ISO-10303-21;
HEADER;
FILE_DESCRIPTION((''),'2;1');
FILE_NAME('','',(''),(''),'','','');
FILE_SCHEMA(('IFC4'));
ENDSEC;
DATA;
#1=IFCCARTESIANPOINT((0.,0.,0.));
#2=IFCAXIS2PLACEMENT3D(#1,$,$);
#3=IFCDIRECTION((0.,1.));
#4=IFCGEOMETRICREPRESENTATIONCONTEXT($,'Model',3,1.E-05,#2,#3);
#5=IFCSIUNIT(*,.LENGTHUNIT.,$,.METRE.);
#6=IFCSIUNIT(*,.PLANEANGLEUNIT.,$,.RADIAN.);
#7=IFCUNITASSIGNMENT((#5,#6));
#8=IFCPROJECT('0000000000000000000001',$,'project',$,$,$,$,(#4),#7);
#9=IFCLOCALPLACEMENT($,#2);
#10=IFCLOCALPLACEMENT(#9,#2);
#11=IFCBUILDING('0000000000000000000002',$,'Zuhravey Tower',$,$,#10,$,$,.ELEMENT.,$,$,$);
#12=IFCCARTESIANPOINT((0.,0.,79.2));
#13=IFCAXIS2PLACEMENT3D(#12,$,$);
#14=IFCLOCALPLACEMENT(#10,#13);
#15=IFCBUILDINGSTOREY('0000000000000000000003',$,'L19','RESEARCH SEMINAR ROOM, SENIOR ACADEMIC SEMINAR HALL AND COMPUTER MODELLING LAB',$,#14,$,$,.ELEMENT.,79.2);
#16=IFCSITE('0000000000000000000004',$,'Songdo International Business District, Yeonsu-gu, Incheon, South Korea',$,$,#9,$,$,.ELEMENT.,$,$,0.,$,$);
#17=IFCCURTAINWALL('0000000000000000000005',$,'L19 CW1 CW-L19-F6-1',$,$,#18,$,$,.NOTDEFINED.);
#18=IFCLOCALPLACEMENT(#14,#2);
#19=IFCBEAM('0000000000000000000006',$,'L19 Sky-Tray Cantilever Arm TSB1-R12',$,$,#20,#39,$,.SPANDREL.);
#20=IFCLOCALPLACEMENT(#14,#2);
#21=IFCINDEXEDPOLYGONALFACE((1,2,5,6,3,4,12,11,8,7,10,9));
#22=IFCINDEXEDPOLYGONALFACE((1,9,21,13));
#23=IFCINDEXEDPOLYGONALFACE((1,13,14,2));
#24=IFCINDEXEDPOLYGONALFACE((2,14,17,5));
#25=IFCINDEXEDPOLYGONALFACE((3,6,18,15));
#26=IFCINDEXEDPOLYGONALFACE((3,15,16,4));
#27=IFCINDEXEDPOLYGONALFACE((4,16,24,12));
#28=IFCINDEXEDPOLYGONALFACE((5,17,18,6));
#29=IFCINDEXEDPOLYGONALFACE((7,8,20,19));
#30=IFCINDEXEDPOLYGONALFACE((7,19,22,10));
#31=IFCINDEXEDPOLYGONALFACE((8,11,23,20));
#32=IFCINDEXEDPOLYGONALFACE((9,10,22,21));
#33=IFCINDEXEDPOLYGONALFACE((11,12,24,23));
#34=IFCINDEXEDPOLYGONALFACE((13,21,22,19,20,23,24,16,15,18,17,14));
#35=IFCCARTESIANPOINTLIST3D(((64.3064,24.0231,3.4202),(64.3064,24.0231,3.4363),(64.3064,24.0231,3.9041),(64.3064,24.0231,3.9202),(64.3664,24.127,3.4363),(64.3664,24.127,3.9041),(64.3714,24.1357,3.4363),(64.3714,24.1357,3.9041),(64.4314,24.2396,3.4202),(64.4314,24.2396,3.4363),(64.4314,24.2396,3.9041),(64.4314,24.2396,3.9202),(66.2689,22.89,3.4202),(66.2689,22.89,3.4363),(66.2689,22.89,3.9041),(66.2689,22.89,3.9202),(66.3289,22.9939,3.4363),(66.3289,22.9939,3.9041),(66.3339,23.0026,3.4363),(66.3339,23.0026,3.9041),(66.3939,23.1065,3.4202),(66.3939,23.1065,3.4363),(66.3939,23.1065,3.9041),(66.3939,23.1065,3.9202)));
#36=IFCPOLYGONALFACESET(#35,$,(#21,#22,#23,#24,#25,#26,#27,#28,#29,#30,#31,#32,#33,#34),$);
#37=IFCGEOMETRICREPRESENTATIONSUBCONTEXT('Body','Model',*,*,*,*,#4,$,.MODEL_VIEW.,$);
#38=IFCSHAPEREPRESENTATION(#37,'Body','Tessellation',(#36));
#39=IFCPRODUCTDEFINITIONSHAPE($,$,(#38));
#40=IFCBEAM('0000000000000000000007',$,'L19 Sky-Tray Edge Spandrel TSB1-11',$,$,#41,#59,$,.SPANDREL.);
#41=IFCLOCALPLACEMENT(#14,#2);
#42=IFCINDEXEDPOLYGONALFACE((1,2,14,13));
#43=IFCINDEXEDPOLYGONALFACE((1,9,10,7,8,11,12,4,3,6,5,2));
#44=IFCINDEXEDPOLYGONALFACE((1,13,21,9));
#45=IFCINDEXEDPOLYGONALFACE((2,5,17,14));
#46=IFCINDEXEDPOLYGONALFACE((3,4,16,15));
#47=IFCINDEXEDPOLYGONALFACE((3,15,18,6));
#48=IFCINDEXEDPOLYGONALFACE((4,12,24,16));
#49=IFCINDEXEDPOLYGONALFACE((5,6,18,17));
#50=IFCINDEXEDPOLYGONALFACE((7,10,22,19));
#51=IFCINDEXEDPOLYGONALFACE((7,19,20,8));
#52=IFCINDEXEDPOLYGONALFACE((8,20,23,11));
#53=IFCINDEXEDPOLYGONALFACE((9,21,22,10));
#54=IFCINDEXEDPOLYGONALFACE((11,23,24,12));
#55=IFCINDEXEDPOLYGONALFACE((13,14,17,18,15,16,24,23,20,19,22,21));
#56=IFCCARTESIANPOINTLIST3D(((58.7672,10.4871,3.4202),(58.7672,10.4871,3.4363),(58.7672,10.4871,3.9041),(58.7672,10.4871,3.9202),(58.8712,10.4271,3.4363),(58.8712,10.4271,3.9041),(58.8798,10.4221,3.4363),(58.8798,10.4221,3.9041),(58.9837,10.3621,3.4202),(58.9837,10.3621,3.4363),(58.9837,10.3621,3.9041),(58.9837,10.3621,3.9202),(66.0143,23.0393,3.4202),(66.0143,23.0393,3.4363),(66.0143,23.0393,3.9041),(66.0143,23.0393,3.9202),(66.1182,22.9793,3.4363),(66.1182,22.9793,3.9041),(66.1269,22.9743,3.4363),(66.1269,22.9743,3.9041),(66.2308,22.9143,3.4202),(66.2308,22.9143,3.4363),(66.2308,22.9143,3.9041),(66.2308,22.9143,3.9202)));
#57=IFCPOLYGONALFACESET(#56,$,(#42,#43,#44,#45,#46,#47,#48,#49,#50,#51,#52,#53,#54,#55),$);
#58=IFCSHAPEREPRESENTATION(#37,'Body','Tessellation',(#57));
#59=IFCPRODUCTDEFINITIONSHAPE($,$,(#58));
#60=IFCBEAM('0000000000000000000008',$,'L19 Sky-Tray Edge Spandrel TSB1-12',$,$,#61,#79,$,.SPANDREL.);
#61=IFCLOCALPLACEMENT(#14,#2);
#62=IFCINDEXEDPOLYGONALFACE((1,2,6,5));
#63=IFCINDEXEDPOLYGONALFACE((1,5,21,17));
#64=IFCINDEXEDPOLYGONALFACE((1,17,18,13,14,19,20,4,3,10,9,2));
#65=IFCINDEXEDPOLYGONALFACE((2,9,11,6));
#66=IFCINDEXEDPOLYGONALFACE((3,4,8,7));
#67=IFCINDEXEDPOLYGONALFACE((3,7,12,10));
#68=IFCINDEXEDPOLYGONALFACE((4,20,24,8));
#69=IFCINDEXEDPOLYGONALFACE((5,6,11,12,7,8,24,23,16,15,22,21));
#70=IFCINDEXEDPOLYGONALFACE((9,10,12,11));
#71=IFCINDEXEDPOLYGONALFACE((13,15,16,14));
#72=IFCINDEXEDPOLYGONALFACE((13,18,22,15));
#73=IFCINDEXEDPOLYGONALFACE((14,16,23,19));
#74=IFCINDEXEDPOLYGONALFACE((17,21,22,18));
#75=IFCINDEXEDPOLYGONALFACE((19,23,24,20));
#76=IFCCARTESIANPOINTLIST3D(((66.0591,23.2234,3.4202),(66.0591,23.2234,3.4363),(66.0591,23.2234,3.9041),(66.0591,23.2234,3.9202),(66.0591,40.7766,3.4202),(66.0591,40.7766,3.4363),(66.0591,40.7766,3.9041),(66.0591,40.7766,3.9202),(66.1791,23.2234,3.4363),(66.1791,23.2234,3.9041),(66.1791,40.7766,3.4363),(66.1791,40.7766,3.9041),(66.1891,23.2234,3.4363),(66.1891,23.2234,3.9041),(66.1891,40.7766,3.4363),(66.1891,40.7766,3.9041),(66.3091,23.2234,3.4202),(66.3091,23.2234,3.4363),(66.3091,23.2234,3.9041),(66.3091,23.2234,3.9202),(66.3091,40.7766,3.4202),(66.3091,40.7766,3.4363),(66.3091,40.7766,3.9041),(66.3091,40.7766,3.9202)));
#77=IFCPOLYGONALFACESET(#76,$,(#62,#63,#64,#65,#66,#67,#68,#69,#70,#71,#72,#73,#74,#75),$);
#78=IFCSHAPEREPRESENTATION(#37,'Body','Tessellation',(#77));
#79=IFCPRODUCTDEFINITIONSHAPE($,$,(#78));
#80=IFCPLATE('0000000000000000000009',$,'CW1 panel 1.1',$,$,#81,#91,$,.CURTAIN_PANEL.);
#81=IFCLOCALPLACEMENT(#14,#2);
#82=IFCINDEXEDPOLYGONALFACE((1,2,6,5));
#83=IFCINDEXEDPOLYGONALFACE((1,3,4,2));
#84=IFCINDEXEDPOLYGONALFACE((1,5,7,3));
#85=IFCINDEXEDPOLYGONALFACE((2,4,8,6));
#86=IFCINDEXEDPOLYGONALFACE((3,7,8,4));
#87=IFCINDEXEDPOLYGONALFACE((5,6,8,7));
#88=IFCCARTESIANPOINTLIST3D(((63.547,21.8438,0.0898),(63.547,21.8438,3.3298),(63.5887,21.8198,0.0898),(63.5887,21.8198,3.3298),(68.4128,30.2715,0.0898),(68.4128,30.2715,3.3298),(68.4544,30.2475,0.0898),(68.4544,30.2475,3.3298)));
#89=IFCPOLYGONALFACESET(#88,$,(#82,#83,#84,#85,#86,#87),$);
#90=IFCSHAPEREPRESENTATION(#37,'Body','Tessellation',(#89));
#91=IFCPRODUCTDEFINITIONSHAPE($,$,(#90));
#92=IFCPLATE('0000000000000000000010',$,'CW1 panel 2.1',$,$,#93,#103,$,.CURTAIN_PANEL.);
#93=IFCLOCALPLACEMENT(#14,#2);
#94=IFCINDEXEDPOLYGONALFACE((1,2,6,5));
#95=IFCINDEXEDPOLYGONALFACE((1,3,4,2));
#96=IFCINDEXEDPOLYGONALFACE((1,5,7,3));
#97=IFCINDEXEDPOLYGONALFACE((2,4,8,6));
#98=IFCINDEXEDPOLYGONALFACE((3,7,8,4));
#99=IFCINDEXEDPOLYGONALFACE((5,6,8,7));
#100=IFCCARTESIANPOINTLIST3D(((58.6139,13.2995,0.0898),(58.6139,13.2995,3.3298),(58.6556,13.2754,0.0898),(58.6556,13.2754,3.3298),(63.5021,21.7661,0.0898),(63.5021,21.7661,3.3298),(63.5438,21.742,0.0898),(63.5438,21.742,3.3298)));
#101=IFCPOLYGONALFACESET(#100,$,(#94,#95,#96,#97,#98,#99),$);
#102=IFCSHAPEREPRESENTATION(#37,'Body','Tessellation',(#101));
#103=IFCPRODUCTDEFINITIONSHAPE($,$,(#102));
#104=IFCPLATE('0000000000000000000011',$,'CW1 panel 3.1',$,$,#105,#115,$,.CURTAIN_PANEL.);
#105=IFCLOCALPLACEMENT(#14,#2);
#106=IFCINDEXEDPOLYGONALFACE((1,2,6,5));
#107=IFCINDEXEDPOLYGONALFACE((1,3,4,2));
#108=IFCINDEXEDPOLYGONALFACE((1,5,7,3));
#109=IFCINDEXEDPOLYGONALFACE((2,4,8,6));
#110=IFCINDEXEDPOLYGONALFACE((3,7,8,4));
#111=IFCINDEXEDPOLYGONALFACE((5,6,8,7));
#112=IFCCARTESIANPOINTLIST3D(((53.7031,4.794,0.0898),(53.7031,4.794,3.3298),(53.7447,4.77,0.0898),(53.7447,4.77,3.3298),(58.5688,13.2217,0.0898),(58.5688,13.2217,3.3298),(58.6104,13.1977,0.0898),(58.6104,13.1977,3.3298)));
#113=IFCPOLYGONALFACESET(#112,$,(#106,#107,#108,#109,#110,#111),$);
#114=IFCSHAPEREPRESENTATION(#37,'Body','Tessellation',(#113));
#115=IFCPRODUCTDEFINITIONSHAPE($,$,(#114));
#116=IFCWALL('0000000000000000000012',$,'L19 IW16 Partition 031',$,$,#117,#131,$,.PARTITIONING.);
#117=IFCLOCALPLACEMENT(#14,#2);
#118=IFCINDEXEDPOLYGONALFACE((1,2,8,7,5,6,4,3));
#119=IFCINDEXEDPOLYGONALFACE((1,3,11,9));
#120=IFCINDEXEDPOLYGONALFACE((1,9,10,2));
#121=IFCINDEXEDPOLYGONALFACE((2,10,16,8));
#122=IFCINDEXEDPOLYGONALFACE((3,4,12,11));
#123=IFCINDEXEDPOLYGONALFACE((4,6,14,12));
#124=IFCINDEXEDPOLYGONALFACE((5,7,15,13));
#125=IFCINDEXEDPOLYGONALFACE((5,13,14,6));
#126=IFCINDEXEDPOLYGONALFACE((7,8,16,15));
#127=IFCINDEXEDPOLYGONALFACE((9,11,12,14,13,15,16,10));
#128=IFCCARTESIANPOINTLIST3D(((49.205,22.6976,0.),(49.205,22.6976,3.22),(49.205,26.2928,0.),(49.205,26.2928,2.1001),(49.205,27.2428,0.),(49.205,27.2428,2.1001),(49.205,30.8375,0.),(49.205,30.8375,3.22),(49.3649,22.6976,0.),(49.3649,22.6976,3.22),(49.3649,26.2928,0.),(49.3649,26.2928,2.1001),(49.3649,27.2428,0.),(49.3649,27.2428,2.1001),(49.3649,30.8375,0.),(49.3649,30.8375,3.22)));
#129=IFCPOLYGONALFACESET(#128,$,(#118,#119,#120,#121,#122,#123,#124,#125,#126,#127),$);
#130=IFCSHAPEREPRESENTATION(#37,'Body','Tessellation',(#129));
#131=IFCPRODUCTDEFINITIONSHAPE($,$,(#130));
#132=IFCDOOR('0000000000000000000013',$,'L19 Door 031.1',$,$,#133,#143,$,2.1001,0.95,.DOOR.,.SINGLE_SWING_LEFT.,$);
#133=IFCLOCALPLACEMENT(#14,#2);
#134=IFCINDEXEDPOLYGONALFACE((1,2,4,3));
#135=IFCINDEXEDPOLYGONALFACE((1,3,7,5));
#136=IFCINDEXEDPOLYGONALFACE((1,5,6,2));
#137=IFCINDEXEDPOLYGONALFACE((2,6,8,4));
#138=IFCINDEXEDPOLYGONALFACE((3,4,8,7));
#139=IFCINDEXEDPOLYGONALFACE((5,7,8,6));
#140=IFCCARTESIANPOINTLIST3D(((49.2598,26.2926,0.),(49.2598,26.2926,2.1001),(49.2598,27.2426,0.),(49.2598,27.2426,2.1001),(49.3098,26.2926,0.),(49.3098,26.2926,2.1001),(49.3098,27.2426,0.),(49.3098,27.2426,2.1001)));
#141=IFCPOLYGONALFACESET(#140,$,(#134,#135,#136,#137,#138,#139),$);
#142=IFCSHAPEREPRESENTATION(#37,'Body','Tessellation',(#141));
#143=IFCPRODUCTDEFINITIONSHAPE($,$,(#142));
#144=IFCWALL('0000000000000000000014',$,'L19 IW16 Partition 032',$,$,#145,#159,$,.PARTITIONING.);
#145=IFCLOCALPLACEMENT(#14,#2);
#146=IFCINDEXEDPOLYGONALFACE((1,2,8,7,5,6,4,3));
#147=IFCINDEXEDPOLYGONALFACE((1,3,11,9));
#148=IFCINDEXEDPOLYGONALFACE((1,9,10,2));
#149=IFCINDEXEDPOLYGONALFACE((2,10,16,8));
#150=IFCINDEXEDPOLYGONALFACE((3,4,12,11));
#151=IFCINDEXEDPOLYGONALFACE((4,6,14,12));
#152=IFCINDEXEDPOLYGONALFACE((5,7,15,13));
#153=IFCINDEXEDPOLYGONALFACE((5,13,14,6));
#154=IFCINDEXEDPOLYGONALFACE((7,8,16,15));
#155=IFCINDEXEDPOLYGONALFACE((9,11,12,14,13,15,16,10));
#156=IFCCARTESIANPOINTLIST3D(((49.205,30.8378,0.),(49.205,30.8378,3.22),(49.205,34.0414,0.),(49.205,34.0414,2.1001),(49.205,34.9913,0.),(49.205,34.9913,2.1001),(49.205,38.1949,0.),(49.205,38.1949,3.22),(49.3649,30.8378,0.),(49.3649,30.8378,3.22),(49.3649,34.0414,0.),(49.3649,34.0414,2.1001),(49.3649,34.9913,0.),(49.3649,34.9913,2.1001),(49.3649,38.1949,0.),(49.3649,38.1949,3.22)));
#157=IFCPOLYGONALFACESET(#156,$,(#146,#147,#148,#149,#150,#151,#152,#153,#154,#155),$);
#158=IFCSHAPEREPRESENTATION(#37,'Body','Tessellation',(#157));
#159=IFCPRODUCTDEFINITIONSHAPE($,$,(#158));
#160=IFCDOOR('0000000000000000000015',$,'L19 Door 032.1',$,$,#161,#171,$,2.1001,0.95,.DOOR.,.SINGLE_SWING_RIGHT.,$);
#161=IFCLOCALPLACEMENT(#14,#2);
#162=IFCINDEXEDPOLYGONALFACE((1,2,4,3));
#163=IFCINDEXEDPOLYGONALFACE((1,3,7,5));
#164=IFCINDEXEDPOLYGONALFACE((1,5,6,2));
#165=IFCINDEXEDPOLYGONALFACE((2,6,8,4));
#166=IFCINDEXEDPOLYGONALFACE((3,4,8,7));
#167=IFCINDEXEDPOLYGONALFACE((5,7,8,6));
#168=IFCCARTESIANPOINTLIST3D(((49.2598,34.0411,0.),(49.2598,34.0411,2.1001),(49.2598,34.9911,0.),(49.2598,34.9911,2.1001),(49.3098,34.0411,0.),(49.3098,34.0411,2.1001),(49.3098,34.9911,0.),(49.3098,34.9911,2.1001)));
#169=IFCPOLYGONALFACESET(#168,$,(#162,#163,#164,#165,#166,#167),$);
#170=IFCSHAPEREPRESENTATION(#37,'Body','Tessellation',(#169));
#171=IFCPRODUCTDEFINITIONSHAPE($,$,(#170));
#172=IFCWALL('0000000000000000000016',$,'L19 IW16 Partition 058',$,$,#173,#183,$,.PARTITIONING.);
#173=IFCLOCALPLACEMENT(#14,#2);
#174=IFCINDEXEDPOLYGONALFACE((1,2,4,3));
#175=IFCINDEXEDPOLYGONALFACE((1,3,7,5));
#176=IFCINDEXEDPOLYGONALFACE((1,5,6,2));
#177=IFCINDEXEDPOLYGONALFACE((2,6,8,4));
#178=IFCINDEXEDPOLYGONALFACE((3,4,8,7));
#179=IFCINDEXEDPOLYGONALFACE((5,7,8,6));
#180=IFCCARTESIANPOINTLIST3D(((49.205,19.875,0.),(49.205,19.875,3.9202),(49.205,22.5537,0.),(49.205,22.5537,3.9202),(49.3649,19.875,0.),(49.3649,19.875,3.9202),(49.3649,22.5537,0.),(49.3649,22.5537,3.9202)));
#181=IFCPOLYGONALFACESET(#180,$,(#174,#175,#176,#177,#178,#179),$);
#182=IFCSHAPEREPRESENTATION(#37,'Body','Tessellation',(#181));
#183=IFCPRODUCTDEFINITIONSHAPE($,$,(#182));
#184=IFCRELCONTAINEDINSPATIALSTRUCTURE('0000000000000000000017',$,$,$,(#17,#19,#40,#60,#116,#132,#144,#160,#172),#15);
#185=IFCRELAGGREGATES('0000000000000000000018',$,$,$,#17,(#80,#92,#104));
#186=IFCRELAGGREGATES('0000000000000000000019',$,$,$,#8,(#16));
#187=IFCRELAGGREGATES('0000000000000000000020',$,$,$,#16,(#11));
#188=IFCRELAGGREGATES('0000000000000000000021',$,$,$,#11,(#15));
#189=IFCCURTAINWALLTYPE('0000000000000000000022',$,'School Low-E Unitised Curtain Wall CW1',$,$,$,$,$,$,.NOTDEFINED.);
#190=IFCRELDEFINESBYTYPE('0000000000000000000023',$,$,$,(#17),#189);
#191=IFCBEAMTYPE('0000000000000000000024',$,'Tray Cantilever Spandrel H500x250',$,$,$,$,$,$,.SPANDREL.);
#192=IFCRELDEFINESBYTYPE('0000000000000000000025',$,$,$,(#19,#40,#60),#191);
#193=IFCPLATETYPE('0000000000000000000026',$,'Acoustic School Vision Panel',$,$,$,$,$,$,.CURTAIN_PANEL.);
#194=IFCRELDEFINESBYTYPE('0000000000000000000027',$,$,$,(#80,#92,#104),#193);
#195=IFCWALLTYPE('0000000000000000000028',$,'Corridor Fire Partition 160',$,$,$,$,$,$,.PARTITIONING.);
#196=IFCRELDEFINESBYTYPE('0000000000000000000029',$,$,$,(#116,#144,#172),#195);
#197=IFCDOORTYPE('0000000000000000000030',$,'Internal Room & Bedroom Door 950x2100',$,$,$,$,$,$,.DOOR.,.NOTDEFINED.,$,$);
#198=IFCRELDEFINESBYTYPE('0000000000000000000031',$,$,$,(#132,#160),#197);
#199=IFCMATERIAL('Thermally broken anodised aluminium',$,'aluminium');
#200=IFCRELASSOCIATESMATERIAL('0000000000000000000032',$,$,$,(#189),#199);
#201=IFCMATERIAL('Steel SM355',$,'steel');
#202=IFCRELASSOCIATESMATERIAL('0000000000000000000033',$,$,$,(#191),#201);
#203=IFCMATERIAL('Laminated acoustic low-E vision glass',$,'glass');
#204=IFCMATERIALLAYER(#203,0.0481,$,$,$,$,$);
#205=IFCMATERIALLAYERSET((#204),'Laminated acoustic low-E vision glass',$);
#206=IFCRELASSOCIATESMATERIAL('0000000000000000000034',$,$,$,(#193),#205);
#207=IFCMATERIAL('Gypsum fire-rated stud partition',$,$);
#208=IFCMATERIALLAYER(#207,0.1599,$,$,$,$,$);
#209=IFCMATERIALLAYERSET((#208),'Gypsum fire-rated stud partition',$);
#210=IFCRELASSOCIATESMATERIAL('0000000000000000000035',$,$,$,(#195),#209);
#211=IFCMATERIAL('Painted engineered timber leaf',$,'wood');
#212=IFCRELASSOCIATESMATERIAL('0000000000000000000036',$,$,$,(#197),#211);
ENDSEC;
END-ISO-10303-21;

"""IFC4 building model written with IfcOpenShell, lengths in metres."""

from ifc_helpers import new_model, si_unit, direction, frame, frame_2d, origin, origin_2d, place, context, subcontext, project, spatial, rectangle, i_section, extrude, material, layer, layer_set, material_profile, profile_set, type_object, element, fill, aggregate, save


model = new_model("IFC4")

# Units and contexts
model_context = context("Model", 3, precision=1e-05, world=origin(), true_north=direction((0.0, 1.0)))
body_context = subcontext(model_context, "Body", "Model", "MODEL_VIEW")
ifc_project = project(units=[si_unit("LENGTHUNIT", "METRE"), si_unit("PLANEANGLEUNIT", "RADIAN")], contexts=[model_context])

# Site, building, storey
site_placement = place(None, origin())
site = spatial("IfcSite", under=ifc_project, at=site_placement, Name="Songdo International Business District, Yeonsu-gu, Incheon, South Korea", CompositionType="ELEMENT", RefElevation=0.0)
building_placement = place(site_placement, origin())
building = spatial("IfcBuilding", under=site, at=building_placement, Name="Zuhravey Tower", CompositionType="ELEMENT")
storey_placement = place(building_placement, frame((0.0, 0.0, 79.2)))
storey = spatial("IfcBuildingStorey", under=building, at=storey_placement, Name="L19", Description="RESEARCH SEMINAR ROOM, SENIOR ACADEMIC SEMINAR HALL AND COMPUTER MODELLING LAB", CompositionType="ELEMENT", Elevation=79.2)

# Curtain wall
ifc_material_1 = material(Name="Thermally broken anodised aluminium", Category="aluminium")
curtain_wall_type = type_object("IfcCurtainWallType", Name="School Low-E Unitised Curtain Wall CW1", PredefinedType="NOTDEFINED", material=ifc_material_1)
curtain_wall_1_placement = place(storey_placement, origin())
curtain_wall_1 = element("IfcCurtainWall", 1, at=curtain_wall_1_placement, inside=storey, type_object=curtain_wall_type, Name="L19 CW1 CW-L19-F6-1", PredefinedType="NOTDEFINED")

# Beams
ifc_material_2 = material(Name="Steel SM355", Category="steel")
ifc_material_profile_1 = material_profile(ifc_material_2, i_section(OverallWidth=0.25, OverallDepth=0.5, WebThickness=0.01, FlangeThickness=0.0161, at=origin_2d()), Name="H-500x250x10x16")
ifc_profile_set_1 = profile_set([ifc_material_profile_1], Name="Steel SM355")
beam_type_1 = type_object("IfcBeamType", Name="Tray Cantilever Spandrel H500x250", PredefinedType="SPANDREL", material=ifc_profile_set_1)
for number, where, z_axis, x_axis, name in (
    (2, (64.3689, 24.1313, 3.6702), (0.866013, -0.500021, 0.0), (0.500021, 0.866013, 0.0), "L19 Sky-Tray Cantilever Arm TSB1-R12"),
):
    element("IfcBeam", number, at=place(storey_placement, frame(where, z_axis=z_axis, x_axis=x_axis)), inside=storey, type_object=beam_type_1, Name=name, PredefinedType="SPANDREL", context=body_context, shape_type="SweptSolid", body=[
        extrude(i_section(OverallWidth=0.25, OverallDepth=0.5, WebThickness=0.01, FlangeThickness=0.0161, at=origin_2d()), origin(), (0.0, 0.0, 1.0), 2.2661),
    ])
beam_1_placement = place(storey_placement, frame((58.8755, 10.4246, 3.6702), z_axis=(0.500001, 0.866025, 0.0), x_axis=(-0.866025, 0.500001, 0.0)))
element("IfcBeam", 3, at=beam_1_placement, inside=storey, type_object=beam_type_1, Name="L19 Sky-Tray Edge Spandrel TSB1-11", PredefinedType="SPANDREL", context=body_context, shape_type="SweptSolid", body=[
    extrude(i_section(OverallWidth=0.25, OverallDepth=0.5, WebThickness=0.01, FlangeThickness=0.0161, at=origin_2d()), origin(), (0.0, 0.0, 1.0), 14.4941),
])
beam_2_placement = place(storey_placement, frame((66.1841, 23.2234, 3.6702), z_axis=(0.0, 1.0, 0.0), x_axis=(-1.0, 0.0, 0.0)))
element("IfcBeam", 4, at=beam_2_placement, inside=storey, type_object=beam_type_1, Name="L19 Sky-Tray Edge Spandrel TSB1-12", PredefinedType="SPANDREL", context=body_context, shape_type="SweptSolid", body=[
    extrude(i_section(OverallWidth=0.25, OverallDepth=0.5, WebThickness=0.01, FlangeThickness=0.0161, at=origin_2d()), origin(), (0.0, 0.0, 1.0), 17.5532),
])

# Plates
ifc_material_3 = material(Name="Laminated acoustic low-E vision glass", Category="glass")
ifc_layer_1 = layer(ifc_material_3, 0.0481)
ifc_layer_set_1 = layer_set([ifc_layer_1], Name="Laminated acoustic low-E vision glass")
plate_type = type_object("IfcPlateType", Name="Acoustic School Vision Panel", PredefinedType="CURTAIN_PANEL", material=ifc_layer_set_1)
plate_1_placement = place(storey_placement, frame((66.0007, 26.0457, 0.0898), z_axis=(0.0, 0.0, 1.0), x_axis=(-0.5, -0.866026, 0.0)))
plate_1 = element("IfcPlate", 5, at=plate_1_placement, type_object=plate_type, Name="CW1 panel 1.1", PredefinedType="CURTAIN_PANEL", context=body_context, shape_type="SweptSolid", body=[
    extrude(rectangle(XDim=9.7314, YDim=0.0481, at=origin_2d()), origin(), (0.0, 0.0, 1.0), 3.24),
])
plate_2_placement = place(storey_placement, frame((61.0789, 17.5208, 0.0898), z_axis=(0.0, 0.0, 1.0), x_axis=(-0.5, -0.866026, 0.0)))
plate_2 = element("IfcPlate", 6, at=plate_2_placement, type_object=plate_type, Name="CW1 panel 2.1", PredefinedType="CURTAIN_PANEL", context=body_context, shape_type="SweptSolid", body=[
    extrude(rectangle(XDim=9.7764, YDim=0.0481, at=origin_2d()), origin(), (0.0, 0.0, 1.0), 3.24),
])
plate_3_placement = place(storey_placement, frame((56.1567, 8.9958, 0.0898), z_axis=(0.0, 0.0, 1.0), x_axis=(-0.5, -0.866026, 0.0)))
plate_3 = element("IfcPlate", 7, at=plate_3_placement, type_object=plate_type, Name="CW1 panel 3.1", PredefinedType="CURTAIN_PANEL", context=body_context, shape_type="SweptSolid", body=[
    extrude(rectangle(XDim=9.7314, YDim=0.0481, at=origin_2d()), origin(), (0.0, 0.0, 1.0), 3.24),
])
aggregate(curtain_wall_1, [plate_1, plate_2, plate_3])

# Walls, openings, doors
ifc_material_4 = material(Name="Gypsum fire-rated stud partition")
ifc_layer_2 = layer(ifc_material_4, 0.1599)
ifc_layer_set_2 = layer_set([ifc_layer_2], Name="Gypsum fire-rated stud partition")
wall_type_1 = type_object("IfcWallType", Name="Corridor Fire Partition 160", PredefinedType="PARTITIONING", material=ifc_layer_set_2)
wall_1_placement = place(storey_placement, frame((49.2849, 22.6978, 0.0), z_axis=(0.0, 0.0, 1.0), x_axis=(0.0, 1.0, 0.0)))
wall_1 = element("IfcWall", 8, at=wall_1_placement, inside=storey, type_object=wall_type_1, Name="L19 IW16 Partition 031", PredefinedType="PARTITIONING", context=body_context, shape_type="SweptSolid", body=[
    extrude(rectangle(XDim=8.1399, YDim=0.1599, at=frame_2d((4.0698, 0.0))), origin(), (0.0, 0.0, 1.0), 3.22),
])
opening_1_placement = place(wall_1_placement, frame((3.595, 0.0, 0.0)))
opening_1 = element("IfcOpeningElement", 9, at=opening_1_placement, cuts=wall_1, PredefinedType="OPENING", context=body_context, shape_type="SweptSolid", body=[
    extrude(rectangle(XDim=0.95, YDim=2.1001, at=frame_2d((0.4751, 1.05))), frame((0.0, 0.092, 0.0), z_axis=(0.0, -1.0, 0.0), x_axis=(1.0, 0.0, 0.0)), (0.0, 0.0, 1.0), 0.1838),
])
ifc_material_5 = material(Name="Painted engineered timber leaf", Category="wood")
door_type = type_object("IfcDoorType", Name="Internal Room & Bedroom Door 950x2100", OperationType="NOTDEFINED", PredefinedType="DOOR", material=ifc_material_5)
door_1_placement = place(opening_1_placement, frame((0.95, 0.0, 0.0), z_axis=(0.0, 0.0, 1.0), x_axis=(-1.0, 0.0, 0.0)))
door_1 = element("IfcDoor", 10, at=door_1_placement, inside=storey, type_object=door_type, Name="L19 Door 031.1", OperationType="SINGLE_SWING_LEFT", OverallHeight=2.1001, OverallWidth=0.95, PredefinedType="DOOR", context=body_context, shape_type="SweptSolid", body=[
    extrude(rectangle(XDim=0.95, YDim=2.1001, at=frame_2d((0.4751, 1.05))), frame((0.0, 0.0249, 0.0), z_axis=(0.0, -1.0, 0.0), x_axis=(1.0, 0.0, 0.0)), (0.0, 0.0, 1.0), 0.05),
])
fill(opening_1, door_1)
wall_2_placement = place(storey_placement, frame((49.2849, 30.8376, 0.0), z_axis=(0.0, 0.0, 1.0), x_axis=(0.0, 1.0, 0.0)))
wall_2 = element("IfcWall", 11, at=wall_2_placement, inside=storey, type_object=wall_type_1, Name="L19 IW16 Partition 032", PredefinedType="PARTITIONING", context=body_context, shape_type="SweptSolid", body=[
    extrude(rectangle(XDim=7.3572, YDim=0.1599, at=frame_2d((3.6787, 0.0))), origin(), (0.0, 0.0, 1.0), 3.22),
])
opening_2_placement = place(wall_2_placement, frame((3.2036, 0.0, 0.0)))
opening_2 = element("IfcOpeningElement", 12, at=opening_2_placement, cuts=wall_2, PredefinedType="OPENING", context=body_context, shape_type="SweptSolid", body=[
    extrude(rectangle(XDim=0.95, YDim=2.1001, at=frame_2d((0.4751, 1.05))), frame((0.0, 0.092, 0.0), z_axis=(0.0, -1.0, 0.0), x_axis=(1.0, 0.0, 0.0)), (0.0, 0.0, 1.0), 0.1838),
])
door_2_placement = place(opening_2_placement, frame((0.95, 0.0, 0.0), z_axis=(0.0, 0.0, 1.0), x_axis=(-1.0, 0.0, 0.0)))
door_2 = element("IfcDoor", 13, at=door_2_placement, inside=storey, type_object=door_type, Name="L19 Door 032.1", OperationType="SINGLE_SWING_RIGHT", OverallHeight=2.1001, OverallWidth=0.95, PredefinedType="DOOR", context=body_context, shape_type="SweptSolid", body=[
    extrude(rectangle(XDim=0.95, YDim=2.1001, at=frame_2d((0.4751, 1.05))), frame((0.0, 0.0249, 0.0), z_axis=(0.0, -1.0, 0.0), x_axis=(1.0, 0.0, 0.0)), (0.0, 0.0, 1.0), 0.05),
])
fill(opening_2, door_2)

# Wall
wall_3_placement = place(storey_placement, frame((49.2849, 19.875, 0.0), z_axis=(0.0, 0.0, 1.0), x_axis=(0.0, 1.0, 0.0)))
element("IfcWall", 14, at=wall_3_placement, inside=storey, type_object=wall_type_1, Name="L19 IW16 Partition 058", PredefinedType="PARTITIONING", context=body_context, shape_type="SweptSolid", body=[
    extrude(rectangle(XDim=2.6787, YDim=0.1599, at=frame_2d((1.3394, 0.0))), origin(), (0.0, 0.0, 1.0), 3.9202),
])

save(model, "model.ifc")
